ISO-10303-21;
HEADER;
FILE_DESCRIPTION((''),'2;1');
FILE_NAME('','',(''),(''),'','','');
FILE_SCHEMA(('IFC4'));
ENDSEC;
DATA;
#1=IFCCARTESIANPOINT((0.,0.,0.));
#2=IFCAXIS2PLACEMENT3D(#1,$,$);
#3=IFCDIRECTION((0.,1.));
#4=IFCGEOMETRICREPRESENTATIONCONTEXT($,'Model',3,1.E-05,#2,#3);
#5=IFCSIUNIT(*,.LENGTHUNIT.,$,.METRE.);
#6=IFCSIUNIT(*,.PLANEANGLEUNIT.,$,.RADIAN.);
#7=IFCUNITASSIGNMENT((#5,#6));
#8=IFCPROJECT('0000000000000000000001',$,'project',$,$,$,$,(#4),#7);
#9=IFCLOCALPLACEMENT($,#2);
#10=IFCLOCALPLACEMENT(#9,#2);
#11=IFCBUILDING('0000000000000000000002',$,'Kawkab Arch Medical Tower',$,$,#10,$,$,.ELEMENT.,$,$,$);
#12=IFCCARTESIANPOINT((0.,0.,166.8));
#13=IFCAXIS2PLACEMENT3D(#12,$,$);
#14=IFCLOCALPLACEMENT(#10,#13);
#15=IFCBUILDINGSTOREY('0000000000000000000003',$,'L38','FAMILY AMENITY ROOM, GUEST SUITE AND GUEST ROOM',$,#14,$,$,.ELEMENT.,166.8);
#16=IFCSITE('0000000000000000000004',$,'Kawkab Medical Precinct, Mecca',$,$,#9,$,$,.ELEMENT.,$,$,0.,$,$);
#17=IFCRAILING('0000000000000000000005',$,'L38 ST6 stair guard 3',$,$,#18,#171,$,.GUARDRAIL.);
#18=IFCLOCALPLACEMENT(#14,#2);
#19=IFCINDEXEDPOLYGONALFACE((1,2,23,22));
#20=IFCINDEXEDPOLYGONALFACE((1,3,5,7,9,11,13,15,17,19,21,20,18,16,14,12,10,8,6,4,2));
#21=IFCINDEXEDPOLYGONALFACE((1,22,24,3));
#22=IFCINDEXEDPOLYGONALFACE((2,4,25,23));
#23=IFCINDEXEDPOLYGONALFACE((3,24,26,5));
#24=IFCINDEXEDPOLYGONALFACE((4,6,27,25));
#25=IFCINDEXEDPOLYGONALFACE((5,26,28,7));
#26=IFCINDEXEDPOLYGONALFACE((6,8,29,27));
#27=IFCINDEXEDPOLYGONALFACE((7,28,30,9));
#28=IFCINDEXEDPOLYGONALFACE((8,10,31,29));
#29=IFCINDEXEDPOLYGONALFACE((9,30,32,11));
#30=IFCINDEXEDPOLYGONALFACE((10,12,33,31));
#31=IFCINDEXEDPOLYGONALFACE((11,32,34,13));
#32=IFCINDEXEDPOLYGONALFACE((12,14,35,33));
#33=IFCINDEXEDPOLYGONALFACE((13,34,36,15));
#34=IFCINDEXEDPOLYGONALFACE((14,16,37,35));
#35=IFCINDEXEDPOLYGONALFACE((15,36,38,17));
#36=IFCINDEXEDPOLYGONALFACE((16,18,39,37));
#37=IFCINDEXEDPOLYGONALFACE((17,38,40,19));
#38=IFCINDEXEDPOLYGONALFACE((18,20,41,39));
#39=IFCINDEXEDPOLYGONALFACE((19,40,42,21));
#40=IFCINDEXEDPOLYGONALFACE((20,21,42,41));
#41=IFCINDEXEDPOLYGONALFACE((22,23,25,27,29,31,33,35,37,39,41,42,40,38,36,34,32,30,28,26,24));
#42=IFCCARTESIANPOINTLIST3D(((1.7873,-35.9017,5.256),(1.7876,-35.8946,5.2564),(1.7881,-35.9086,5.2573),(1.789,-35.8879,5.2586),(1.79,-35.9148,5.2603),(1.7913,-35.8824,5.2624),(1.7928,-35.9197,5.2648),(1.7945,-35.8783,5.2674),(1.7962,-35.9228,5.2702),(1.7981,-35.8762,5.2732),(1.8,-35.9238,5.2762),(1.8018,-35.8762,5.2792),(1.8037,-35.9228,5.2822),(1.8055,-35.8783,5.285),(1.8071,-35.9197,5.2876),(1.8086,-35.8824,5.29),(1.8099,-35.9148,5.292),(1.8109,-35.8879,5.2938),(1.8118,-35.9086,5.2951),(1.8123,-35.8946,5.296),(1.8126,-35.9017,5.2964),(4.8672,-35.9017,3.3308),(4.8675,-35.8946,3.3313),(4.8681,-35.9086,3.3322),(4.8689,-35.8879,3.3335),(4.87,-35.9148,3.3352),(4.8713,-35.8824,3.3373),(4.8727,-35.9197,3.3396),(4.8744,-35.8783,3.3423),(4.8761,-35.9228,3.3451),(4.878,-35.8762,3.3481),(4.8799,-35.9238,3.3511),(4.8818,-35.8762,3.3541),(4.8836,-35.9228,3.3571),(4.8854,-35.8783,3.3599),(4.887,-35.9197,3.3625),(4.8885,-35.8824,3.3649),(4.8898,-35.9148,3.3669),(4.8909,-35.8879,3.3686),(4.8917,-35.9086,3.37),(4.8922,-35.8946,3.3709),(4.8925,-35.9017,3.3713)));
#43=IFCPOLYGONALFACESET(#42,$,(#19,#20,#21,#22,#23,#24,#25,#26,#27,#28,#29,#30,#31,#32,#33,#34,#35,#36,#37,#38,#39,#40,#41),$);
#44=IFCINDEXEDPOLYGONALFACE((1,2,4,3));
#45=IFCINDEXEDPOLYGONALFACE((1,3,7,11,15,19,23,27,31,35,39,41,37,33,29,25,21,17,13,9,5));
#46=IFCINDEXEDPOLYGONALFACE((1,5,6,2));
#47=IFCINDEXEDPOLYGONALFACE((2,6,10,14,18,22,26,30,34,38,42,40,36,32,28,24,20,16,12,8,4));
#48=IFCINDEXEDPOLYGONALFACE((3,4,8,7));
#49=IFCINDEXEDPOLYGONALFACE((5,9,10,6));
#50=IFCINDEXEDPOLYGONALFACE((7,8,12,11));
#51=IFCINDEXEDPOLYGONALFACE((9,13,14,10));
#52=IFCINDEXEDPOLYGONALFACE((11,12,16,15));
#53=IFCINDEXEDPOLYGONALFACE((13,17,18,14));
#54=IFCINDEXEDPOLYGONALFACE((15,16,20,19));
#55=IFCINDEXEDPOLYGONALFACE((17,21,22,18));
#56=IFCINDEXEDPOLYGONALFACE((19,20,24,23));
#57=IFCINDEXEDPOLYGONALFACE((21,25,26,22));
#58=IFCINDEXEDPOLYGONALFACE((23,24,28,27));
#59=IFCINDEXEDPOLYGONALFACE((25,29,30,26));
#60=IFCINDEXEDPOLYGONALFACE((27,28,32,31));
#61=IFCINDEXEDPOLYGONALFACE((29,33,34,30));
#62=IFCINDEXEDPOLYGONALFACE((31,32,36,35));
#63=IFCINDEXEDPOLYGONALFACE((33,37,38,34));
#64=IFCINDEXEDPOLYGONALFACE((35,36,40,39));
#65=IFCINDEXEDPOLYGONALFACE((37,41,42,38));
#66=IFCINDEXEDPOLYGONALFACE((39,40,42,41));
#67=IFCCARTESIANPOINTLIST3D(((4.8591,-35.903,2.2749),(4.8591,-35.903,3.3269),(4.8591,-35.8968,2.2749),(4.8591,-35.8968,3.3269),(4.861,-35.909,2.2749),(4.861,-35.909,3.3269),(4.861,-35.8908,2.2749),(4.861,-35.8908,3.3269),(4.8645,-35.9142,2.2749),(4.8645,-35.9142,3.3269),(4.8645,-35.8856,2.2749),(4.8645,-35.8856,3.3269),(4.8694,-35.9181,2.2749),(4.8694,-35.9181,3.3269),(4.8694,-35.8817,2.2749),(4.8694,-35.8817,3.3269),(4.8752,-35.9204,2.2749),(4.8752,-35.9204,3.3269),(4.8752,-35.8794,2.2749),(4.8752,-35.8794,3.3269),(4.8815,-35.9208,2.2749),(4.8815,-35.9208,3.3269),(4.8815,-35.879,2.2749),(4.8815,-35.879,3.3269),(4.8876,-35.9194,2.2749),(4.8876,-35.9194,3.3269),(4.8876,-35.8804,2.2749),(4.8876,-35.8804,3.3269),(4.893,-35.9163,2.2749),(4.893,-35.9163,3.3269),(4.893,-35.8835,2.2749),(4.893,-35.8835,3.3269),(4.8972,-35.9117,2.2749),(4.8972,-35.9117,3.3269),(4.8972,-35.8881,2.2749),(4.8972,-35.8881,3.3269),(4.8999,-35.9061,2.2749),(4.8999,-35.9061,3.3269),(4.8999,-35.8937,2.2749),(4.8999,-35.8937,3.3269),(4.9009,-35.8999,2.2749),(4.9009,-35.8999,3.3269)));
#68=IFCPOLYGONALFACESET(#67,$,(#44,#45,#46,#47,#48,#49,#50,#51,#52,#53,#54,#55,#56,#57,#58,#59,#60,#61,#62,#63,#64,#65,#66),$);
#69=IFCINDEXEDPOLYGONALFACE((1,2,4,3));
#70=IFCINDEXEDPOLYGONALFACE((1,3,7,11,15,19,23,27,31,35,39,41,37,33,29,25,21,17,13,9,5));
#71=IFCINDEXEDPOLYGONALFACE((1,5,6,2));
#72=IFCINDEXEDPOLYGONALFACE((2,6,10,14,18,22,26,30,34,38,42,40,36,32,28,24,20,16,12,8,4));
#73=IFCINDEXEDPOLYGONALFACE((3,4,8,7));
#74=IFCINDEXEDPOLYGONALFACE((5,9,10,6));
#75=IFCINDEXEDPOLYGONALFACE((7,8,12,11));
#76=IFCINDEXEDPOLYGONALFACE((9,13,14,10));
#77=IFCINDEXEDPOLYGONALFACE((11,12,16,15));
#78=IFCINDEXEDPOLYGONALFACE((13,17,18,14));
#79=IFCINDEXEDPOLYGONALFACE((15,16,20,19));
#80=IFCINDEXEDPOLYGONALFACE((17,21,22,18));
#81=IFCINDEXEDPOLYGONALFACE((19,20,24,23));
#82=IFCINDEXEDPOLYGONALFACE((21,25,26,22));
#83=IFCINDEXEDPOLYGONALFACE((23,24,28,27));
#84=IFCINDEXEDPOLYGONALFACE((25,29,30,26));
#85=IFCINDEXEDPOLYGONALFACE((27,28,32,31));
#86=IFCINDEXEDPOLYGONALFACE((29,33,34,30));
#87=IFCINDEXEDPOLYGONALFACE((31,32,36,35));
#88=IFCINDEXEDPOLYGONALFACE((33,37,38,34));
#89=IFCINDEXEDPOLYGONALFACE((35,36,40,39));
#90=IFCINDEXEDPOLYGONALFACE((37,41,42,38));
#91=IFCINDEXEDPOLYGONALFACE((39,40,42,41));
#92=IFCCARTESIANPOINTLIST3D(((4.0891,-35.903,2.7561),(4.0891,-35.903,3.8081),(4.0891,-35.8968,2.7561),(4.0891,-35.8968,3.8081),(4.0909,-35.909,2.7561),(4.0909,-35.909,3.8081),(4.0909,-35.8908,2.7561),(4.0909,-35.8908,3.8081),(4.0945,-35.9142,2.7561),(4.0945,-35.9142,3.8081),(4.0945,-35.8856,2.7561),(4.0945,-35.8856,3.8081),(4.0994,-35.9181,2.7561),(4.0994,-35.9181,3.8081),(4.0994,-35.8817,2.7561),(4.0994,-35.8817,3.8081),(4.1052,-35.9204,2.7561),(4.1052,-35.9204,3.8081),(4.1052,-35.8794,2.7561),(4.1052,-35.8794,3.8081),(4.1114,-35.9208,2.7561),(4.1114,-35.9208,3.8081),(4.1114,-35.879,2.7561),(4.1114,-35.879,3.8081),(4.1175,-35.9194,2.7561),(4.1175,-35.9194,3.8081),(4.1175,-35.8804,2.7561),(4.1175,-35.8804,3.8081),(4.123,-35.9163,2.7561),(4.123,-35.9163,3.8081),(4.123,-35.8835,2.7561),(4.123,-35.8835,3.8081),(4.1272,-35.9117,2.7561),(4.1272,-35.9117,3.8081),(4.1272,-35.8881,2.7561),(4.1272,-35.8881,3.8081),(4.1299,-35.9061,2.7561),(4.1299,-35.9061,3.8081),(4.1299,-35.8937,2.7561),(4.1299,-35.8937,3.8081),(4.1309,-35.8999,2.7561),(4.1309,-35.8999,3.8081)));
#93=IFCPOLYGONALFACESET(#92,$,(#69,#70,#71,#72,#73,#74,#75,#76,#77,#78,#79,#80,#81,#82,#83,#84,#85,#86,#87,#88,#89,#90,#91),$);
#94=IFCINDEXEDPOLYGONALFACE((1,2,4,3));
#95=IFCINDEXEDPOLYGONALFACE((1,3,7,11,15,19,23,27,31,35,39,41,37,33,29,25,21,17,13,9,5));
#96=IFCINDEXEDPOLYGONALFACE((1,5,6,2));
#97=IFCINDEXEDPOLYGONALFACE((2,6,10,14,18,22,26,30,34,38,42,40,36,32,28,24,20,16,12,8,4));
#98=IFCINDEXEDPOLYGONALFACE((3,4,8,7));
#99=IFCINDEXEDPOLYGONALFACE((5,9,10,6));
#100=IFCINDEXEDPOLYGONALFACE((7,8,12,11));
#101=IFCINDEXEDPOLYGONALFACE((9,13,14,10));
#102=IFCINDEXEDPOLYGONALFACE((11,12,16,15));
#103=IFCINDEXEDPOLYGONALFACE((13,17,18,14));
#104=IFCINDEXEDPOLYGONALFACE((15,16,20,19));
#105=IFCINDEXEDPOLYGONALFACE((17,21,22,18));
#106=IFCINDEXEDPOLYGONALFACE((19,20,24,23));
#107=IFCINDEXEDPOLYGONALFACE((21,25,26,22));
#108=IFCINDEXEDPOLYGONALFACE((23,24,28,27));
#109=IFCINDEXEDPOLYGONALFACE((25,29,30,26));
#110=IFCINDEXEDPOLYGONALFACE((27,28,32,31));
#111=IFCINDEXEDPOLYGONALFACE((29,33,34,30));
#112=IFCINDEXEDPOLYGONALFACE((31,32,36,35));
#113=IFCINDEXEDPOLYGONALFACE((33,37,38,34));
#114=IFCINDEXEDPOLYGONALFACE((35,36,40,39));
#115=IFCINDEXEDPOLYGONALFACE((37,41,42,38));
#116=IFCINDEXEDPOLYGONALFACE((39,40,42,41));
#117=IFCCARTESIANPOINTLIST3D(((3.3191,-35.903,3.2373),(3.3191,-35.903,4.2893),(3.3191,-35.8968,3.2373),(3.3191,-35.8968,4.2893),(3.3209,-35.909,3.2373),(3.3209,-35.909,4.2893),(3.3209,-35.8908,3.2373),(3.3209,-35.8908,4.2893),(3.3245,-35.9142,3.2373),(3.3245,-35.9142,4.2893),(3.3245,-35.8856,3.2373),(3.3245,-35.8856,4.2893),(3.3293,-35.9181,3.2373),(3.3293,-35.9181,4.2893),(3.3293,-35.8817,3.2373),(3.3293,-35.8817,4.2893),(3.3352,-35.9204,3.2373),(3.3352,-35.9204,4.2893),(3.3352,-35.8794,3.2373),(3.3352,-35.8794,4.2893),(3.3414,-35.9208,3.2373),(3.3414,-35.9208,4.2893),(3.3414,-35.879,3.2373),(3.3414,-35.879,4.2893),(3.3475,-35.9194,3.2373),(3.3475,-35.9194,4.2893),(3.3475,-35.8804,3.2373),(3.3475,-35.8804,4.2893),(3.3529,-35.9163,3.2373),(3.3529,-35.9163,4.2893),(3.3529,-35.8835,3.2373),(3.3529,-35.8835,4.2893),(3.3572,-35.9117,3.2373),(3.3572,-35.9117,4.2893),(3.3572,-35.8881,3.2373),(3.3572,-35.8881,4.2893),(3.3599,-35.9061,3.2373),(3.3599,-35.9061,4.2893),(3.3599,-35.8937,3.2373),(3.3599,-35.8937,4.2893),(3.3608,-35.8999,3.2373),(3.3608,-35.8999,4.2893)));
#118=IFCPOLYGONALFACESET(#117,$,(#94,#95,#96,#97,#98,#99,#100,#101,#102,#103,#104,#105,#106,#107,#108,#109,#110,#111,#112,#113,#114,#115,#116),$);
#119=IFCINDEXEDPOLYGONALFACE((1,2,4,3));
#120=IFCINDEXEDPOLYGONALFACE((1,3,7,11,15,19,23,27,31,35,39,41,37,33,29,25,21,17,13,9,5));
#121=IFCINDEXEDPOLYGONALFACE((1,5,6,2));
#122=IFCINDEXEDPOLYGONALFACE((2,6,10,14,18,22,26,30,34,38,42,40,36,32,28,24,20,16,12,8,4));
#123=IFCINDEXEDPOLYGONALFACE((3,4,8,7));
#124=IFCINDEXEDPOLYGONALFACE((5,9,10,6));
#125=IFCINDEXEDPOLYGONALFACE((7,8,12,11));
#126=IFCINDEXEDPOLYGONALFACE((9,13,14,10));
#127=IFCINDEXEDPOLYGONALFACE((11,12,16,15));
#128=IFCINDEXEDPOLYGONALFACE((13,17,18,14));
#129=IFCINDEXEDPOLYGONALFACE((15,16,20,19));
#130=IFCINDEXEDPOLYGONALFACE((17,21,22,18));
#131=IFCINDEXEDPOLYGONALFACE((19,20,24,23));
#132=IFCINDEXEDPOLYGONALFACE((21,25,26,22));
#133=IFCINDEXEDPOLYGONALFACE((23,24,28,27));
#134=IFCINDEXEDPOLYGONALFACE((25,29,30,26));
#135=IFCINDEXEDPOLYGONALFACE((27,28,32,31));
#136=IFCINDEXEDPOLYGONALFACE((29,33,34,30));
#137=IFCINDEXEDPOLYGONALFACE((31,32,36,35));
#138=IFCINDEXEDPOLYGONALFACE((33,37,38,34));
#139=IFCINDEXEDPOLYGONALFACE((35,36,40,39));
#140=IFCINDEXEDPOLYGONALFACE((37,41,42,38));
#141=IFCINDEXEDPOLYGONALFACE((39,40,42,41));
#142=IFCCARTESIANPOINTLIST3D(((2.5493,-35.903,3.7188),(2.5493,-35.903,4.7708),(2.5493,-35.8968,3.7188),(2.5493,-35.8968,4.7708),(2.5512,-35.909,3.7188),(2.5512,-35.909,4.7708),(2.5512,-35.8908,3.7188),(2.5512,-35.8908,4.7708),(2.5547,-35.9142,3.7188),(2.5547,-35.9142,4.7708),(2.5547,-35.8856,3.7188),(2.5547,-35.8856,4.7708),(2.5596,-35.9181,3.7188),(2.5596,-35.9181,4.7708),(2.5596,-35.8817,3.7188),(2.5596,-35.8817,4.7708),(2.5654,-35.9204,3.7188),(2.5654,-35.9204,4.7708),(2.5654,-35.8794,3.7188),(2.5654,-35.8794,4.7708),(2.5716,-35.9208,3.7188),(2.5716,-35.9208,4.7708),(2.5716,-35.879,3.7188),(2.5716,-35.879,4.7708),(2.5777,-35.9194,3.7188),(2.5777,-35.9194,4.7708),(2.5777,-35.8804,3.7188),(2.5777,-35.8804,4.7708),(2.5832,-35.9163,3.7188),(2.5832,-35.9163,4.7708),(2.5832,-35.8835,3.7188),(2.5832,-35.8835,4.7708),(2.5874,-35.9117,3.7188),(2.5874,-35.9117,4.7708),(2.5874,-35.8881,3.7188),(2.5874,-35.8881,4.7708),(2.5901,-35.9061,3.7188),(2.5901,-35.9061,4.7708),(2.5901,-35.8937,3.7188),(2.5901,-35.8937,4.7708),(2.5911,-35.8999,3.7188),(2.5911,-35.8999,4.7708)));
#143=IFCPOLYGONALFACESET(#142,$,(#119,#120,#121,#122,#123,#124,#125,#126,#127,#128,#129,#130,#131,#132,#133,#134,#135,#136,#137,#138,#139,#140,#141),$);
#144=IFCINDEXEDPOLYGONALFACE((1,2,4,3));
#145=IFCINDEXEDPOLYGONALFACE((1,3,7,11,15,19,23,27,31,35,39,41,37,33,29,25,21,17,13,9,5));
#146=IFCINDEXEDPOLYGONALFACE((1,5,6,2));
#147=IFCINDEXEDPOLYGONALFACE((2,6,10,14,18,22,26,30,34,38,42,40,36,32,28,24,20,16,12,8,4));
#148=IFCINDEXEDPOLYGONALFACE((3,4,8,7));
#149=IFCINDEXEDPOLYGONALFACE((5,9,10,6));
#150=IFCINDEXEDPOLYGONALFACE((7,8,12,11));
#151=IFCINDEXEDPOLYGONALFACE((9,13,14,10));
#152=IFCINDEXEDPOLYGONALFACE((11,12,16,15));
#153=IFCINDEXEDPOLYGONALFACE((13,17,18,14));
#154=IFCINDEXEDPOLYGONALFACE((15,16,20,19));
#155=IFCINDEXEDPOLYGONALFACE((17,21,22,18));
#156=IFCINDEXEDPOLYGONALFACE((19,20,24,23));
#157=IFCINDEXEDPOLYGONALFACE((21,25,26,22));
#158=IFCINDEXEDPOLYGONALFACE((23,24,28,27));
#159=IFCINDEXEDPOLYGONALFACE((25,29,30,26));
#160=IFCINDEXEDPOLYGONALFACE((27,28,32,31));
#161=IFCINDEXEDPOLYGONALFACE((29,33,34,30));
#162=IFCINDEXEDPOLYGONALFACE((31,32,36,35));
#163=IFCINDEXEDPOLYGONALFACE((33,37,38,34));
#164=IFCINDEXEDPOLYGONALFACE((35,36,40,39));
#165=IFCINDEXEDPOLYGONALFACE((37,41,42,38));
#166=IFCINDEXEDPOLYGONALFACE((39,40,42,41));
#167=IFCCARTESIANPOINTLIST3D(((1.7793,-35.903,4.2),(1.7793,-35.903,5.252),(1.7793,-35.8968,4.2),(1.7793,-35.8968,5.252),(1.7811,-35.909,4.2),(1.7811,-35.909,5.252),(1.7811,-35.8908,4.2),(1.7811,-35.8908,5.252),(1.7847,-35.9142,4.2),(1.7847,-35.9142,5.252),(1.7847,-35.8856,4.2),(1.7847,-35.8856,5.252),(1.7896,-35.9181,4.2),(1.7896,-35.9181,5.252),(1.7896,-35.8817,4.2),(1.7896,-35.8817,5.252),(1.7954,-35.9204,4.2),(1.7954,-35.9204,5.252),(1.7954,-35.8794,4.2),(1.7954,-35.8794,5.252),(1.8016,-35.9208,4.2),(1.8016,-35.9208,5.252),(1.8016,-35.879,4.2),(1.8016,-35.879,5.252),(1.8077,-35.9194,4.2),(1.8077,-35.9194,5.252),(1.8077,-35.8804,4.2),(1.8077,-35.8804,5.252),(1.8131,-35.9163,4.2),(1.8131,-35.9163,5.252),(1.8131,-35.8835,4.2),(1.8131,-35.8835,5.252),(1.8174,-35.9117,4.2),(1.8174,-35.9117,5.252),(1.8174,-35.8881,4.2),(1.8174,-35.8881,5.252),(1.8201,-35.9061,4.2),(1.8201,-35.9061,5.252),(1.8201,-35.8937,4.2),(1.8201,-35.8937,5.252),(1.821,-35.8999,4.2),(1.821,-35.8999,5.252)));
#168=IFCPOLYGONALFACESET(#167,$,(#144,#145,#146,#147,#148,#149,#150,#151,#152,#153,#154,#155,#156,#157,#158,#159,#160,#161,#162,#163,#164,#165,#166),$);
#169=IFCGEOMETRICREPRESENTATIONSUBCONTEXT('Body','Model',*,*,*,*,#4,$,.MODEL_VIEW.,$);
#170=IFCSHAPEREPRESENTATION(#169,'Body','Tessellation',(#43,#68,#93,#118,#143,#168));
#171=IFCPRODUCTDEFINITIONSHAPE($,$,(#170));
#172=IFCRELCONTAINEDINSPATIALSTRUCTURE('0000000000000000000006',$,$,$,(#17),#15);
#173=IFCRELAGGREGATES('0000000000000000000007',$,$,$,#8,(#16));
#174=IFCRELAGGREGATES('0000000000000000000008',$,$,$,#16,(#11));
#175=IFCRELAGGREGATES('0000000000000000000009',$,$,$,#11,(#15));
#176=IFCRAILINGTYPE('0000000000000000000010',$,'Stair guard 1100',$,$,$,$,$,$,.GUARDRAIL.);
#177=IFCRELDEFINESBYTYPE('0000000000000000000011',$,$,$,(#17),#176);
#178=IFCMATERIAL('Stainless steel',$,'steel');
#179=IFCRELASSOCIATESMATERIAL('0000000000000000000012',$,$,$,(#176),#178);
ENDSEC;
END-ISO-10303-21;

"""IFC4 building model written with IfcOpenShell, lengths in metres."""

from ifc_helpers import new_model, si_unit, direction, frame, origin, origin_2d, place, context, subcontext, project, spatial, circle, extrude, material, type_object, element, save


model = new_model("IFC4")

# Units and contexts
model_context = context("Model", 3, precision=1e-05, world=origin(), true_north=direction((0.0, 1.0)))
body_context = subcontext(model_context, "Body", "Model", "MODEL_VIEW")
ifc_project = project(units=[si_unit("LENGTHUNIT", "METRE"), si_unit("PLANEANGLEUNIT", "RADIAN")], contexts=[model_context])

# Site, building, storey
site_placement = place(None, origin())
site = spatial("IfcSite", under=ifc_project, at=site_placement, Name="Kawkab Medical Precinct, Mecca", CompositionType="ELEMENT", RefElevation=0.0)
building_placement = place(site_placement, origin())
building = spatial("IfcBuilding", under=site, at=building_placement, Name="Kawkab Arch Medical Tower", CompositionType="ELEMENT")
storey_placement = place(building_placement, frame((0.0, 0.0, 166.8)))
storey = spatial("IfcBuildingStorey", under=building, at=storey_placement, Name="L38", Description="FAMILY AMENITY ROOM, GUEST SUITE AND GUEST ROOM", CompositionType="ELEMENT", Elevation=166.8)

# Railing
ifc_material_1 = material(Name="Stainless steel", Category="steel")
railing_type = type_object("IfcRailingType", Name="Stair guard 1100", PredefinedType="GUARDRAIL", material=ifc_material_1)
railing_1_placement = place(storey_placement, frame((4.8799, -35.8999, 2.2749)))
element("IfcRailing", 1, at=railing_1_placement, inside=storey, type_object=railing_type, Name="L38 ST6 stair guard 3", PredefinedType="GUARDRAIL", context=body_context, shape_type="SweptSolid", body=[
    extrude(circle(Radius=0.0239, at=origin_2d()), frame((0.0, 0.0, 1.0762), z_axis=(-0.847979, 0.0, 0.530029), x_axis=(0.0, -1.0, 0.0)), (0.0, 0.0, 1.0), 3.6321),
    extrude(circle(Radius=0.021, at=origin_2d()), origin(), (0.0, 0.0, 1.0), 1.052),
    extrude(circle(Radius=0.021, at=origin_2d()), frame((-0.77, 0.0, 0.4812)), (0.0, 0.0, 1.0), 1.052),
    extrude(circle(Radius=0.021, at=origin_2d()), frame((-1.54, 0.0, 0.9624)), (0.0, 0.0, 1.0), 1.052),
    extrude(circle(Radius=0.021, at=origin_2d()), frame((-2.3098, 0.0, 1.4438)), (0.0, 0.0, 1.0), 1.052),
    extrude(circle(Radius=0.021, at=origin_2d()), frame((-3.0798, 0.0, 1.925)), (0.0, 0.0, 1.0), 1.052),
])

save(model, "model.ifc")
